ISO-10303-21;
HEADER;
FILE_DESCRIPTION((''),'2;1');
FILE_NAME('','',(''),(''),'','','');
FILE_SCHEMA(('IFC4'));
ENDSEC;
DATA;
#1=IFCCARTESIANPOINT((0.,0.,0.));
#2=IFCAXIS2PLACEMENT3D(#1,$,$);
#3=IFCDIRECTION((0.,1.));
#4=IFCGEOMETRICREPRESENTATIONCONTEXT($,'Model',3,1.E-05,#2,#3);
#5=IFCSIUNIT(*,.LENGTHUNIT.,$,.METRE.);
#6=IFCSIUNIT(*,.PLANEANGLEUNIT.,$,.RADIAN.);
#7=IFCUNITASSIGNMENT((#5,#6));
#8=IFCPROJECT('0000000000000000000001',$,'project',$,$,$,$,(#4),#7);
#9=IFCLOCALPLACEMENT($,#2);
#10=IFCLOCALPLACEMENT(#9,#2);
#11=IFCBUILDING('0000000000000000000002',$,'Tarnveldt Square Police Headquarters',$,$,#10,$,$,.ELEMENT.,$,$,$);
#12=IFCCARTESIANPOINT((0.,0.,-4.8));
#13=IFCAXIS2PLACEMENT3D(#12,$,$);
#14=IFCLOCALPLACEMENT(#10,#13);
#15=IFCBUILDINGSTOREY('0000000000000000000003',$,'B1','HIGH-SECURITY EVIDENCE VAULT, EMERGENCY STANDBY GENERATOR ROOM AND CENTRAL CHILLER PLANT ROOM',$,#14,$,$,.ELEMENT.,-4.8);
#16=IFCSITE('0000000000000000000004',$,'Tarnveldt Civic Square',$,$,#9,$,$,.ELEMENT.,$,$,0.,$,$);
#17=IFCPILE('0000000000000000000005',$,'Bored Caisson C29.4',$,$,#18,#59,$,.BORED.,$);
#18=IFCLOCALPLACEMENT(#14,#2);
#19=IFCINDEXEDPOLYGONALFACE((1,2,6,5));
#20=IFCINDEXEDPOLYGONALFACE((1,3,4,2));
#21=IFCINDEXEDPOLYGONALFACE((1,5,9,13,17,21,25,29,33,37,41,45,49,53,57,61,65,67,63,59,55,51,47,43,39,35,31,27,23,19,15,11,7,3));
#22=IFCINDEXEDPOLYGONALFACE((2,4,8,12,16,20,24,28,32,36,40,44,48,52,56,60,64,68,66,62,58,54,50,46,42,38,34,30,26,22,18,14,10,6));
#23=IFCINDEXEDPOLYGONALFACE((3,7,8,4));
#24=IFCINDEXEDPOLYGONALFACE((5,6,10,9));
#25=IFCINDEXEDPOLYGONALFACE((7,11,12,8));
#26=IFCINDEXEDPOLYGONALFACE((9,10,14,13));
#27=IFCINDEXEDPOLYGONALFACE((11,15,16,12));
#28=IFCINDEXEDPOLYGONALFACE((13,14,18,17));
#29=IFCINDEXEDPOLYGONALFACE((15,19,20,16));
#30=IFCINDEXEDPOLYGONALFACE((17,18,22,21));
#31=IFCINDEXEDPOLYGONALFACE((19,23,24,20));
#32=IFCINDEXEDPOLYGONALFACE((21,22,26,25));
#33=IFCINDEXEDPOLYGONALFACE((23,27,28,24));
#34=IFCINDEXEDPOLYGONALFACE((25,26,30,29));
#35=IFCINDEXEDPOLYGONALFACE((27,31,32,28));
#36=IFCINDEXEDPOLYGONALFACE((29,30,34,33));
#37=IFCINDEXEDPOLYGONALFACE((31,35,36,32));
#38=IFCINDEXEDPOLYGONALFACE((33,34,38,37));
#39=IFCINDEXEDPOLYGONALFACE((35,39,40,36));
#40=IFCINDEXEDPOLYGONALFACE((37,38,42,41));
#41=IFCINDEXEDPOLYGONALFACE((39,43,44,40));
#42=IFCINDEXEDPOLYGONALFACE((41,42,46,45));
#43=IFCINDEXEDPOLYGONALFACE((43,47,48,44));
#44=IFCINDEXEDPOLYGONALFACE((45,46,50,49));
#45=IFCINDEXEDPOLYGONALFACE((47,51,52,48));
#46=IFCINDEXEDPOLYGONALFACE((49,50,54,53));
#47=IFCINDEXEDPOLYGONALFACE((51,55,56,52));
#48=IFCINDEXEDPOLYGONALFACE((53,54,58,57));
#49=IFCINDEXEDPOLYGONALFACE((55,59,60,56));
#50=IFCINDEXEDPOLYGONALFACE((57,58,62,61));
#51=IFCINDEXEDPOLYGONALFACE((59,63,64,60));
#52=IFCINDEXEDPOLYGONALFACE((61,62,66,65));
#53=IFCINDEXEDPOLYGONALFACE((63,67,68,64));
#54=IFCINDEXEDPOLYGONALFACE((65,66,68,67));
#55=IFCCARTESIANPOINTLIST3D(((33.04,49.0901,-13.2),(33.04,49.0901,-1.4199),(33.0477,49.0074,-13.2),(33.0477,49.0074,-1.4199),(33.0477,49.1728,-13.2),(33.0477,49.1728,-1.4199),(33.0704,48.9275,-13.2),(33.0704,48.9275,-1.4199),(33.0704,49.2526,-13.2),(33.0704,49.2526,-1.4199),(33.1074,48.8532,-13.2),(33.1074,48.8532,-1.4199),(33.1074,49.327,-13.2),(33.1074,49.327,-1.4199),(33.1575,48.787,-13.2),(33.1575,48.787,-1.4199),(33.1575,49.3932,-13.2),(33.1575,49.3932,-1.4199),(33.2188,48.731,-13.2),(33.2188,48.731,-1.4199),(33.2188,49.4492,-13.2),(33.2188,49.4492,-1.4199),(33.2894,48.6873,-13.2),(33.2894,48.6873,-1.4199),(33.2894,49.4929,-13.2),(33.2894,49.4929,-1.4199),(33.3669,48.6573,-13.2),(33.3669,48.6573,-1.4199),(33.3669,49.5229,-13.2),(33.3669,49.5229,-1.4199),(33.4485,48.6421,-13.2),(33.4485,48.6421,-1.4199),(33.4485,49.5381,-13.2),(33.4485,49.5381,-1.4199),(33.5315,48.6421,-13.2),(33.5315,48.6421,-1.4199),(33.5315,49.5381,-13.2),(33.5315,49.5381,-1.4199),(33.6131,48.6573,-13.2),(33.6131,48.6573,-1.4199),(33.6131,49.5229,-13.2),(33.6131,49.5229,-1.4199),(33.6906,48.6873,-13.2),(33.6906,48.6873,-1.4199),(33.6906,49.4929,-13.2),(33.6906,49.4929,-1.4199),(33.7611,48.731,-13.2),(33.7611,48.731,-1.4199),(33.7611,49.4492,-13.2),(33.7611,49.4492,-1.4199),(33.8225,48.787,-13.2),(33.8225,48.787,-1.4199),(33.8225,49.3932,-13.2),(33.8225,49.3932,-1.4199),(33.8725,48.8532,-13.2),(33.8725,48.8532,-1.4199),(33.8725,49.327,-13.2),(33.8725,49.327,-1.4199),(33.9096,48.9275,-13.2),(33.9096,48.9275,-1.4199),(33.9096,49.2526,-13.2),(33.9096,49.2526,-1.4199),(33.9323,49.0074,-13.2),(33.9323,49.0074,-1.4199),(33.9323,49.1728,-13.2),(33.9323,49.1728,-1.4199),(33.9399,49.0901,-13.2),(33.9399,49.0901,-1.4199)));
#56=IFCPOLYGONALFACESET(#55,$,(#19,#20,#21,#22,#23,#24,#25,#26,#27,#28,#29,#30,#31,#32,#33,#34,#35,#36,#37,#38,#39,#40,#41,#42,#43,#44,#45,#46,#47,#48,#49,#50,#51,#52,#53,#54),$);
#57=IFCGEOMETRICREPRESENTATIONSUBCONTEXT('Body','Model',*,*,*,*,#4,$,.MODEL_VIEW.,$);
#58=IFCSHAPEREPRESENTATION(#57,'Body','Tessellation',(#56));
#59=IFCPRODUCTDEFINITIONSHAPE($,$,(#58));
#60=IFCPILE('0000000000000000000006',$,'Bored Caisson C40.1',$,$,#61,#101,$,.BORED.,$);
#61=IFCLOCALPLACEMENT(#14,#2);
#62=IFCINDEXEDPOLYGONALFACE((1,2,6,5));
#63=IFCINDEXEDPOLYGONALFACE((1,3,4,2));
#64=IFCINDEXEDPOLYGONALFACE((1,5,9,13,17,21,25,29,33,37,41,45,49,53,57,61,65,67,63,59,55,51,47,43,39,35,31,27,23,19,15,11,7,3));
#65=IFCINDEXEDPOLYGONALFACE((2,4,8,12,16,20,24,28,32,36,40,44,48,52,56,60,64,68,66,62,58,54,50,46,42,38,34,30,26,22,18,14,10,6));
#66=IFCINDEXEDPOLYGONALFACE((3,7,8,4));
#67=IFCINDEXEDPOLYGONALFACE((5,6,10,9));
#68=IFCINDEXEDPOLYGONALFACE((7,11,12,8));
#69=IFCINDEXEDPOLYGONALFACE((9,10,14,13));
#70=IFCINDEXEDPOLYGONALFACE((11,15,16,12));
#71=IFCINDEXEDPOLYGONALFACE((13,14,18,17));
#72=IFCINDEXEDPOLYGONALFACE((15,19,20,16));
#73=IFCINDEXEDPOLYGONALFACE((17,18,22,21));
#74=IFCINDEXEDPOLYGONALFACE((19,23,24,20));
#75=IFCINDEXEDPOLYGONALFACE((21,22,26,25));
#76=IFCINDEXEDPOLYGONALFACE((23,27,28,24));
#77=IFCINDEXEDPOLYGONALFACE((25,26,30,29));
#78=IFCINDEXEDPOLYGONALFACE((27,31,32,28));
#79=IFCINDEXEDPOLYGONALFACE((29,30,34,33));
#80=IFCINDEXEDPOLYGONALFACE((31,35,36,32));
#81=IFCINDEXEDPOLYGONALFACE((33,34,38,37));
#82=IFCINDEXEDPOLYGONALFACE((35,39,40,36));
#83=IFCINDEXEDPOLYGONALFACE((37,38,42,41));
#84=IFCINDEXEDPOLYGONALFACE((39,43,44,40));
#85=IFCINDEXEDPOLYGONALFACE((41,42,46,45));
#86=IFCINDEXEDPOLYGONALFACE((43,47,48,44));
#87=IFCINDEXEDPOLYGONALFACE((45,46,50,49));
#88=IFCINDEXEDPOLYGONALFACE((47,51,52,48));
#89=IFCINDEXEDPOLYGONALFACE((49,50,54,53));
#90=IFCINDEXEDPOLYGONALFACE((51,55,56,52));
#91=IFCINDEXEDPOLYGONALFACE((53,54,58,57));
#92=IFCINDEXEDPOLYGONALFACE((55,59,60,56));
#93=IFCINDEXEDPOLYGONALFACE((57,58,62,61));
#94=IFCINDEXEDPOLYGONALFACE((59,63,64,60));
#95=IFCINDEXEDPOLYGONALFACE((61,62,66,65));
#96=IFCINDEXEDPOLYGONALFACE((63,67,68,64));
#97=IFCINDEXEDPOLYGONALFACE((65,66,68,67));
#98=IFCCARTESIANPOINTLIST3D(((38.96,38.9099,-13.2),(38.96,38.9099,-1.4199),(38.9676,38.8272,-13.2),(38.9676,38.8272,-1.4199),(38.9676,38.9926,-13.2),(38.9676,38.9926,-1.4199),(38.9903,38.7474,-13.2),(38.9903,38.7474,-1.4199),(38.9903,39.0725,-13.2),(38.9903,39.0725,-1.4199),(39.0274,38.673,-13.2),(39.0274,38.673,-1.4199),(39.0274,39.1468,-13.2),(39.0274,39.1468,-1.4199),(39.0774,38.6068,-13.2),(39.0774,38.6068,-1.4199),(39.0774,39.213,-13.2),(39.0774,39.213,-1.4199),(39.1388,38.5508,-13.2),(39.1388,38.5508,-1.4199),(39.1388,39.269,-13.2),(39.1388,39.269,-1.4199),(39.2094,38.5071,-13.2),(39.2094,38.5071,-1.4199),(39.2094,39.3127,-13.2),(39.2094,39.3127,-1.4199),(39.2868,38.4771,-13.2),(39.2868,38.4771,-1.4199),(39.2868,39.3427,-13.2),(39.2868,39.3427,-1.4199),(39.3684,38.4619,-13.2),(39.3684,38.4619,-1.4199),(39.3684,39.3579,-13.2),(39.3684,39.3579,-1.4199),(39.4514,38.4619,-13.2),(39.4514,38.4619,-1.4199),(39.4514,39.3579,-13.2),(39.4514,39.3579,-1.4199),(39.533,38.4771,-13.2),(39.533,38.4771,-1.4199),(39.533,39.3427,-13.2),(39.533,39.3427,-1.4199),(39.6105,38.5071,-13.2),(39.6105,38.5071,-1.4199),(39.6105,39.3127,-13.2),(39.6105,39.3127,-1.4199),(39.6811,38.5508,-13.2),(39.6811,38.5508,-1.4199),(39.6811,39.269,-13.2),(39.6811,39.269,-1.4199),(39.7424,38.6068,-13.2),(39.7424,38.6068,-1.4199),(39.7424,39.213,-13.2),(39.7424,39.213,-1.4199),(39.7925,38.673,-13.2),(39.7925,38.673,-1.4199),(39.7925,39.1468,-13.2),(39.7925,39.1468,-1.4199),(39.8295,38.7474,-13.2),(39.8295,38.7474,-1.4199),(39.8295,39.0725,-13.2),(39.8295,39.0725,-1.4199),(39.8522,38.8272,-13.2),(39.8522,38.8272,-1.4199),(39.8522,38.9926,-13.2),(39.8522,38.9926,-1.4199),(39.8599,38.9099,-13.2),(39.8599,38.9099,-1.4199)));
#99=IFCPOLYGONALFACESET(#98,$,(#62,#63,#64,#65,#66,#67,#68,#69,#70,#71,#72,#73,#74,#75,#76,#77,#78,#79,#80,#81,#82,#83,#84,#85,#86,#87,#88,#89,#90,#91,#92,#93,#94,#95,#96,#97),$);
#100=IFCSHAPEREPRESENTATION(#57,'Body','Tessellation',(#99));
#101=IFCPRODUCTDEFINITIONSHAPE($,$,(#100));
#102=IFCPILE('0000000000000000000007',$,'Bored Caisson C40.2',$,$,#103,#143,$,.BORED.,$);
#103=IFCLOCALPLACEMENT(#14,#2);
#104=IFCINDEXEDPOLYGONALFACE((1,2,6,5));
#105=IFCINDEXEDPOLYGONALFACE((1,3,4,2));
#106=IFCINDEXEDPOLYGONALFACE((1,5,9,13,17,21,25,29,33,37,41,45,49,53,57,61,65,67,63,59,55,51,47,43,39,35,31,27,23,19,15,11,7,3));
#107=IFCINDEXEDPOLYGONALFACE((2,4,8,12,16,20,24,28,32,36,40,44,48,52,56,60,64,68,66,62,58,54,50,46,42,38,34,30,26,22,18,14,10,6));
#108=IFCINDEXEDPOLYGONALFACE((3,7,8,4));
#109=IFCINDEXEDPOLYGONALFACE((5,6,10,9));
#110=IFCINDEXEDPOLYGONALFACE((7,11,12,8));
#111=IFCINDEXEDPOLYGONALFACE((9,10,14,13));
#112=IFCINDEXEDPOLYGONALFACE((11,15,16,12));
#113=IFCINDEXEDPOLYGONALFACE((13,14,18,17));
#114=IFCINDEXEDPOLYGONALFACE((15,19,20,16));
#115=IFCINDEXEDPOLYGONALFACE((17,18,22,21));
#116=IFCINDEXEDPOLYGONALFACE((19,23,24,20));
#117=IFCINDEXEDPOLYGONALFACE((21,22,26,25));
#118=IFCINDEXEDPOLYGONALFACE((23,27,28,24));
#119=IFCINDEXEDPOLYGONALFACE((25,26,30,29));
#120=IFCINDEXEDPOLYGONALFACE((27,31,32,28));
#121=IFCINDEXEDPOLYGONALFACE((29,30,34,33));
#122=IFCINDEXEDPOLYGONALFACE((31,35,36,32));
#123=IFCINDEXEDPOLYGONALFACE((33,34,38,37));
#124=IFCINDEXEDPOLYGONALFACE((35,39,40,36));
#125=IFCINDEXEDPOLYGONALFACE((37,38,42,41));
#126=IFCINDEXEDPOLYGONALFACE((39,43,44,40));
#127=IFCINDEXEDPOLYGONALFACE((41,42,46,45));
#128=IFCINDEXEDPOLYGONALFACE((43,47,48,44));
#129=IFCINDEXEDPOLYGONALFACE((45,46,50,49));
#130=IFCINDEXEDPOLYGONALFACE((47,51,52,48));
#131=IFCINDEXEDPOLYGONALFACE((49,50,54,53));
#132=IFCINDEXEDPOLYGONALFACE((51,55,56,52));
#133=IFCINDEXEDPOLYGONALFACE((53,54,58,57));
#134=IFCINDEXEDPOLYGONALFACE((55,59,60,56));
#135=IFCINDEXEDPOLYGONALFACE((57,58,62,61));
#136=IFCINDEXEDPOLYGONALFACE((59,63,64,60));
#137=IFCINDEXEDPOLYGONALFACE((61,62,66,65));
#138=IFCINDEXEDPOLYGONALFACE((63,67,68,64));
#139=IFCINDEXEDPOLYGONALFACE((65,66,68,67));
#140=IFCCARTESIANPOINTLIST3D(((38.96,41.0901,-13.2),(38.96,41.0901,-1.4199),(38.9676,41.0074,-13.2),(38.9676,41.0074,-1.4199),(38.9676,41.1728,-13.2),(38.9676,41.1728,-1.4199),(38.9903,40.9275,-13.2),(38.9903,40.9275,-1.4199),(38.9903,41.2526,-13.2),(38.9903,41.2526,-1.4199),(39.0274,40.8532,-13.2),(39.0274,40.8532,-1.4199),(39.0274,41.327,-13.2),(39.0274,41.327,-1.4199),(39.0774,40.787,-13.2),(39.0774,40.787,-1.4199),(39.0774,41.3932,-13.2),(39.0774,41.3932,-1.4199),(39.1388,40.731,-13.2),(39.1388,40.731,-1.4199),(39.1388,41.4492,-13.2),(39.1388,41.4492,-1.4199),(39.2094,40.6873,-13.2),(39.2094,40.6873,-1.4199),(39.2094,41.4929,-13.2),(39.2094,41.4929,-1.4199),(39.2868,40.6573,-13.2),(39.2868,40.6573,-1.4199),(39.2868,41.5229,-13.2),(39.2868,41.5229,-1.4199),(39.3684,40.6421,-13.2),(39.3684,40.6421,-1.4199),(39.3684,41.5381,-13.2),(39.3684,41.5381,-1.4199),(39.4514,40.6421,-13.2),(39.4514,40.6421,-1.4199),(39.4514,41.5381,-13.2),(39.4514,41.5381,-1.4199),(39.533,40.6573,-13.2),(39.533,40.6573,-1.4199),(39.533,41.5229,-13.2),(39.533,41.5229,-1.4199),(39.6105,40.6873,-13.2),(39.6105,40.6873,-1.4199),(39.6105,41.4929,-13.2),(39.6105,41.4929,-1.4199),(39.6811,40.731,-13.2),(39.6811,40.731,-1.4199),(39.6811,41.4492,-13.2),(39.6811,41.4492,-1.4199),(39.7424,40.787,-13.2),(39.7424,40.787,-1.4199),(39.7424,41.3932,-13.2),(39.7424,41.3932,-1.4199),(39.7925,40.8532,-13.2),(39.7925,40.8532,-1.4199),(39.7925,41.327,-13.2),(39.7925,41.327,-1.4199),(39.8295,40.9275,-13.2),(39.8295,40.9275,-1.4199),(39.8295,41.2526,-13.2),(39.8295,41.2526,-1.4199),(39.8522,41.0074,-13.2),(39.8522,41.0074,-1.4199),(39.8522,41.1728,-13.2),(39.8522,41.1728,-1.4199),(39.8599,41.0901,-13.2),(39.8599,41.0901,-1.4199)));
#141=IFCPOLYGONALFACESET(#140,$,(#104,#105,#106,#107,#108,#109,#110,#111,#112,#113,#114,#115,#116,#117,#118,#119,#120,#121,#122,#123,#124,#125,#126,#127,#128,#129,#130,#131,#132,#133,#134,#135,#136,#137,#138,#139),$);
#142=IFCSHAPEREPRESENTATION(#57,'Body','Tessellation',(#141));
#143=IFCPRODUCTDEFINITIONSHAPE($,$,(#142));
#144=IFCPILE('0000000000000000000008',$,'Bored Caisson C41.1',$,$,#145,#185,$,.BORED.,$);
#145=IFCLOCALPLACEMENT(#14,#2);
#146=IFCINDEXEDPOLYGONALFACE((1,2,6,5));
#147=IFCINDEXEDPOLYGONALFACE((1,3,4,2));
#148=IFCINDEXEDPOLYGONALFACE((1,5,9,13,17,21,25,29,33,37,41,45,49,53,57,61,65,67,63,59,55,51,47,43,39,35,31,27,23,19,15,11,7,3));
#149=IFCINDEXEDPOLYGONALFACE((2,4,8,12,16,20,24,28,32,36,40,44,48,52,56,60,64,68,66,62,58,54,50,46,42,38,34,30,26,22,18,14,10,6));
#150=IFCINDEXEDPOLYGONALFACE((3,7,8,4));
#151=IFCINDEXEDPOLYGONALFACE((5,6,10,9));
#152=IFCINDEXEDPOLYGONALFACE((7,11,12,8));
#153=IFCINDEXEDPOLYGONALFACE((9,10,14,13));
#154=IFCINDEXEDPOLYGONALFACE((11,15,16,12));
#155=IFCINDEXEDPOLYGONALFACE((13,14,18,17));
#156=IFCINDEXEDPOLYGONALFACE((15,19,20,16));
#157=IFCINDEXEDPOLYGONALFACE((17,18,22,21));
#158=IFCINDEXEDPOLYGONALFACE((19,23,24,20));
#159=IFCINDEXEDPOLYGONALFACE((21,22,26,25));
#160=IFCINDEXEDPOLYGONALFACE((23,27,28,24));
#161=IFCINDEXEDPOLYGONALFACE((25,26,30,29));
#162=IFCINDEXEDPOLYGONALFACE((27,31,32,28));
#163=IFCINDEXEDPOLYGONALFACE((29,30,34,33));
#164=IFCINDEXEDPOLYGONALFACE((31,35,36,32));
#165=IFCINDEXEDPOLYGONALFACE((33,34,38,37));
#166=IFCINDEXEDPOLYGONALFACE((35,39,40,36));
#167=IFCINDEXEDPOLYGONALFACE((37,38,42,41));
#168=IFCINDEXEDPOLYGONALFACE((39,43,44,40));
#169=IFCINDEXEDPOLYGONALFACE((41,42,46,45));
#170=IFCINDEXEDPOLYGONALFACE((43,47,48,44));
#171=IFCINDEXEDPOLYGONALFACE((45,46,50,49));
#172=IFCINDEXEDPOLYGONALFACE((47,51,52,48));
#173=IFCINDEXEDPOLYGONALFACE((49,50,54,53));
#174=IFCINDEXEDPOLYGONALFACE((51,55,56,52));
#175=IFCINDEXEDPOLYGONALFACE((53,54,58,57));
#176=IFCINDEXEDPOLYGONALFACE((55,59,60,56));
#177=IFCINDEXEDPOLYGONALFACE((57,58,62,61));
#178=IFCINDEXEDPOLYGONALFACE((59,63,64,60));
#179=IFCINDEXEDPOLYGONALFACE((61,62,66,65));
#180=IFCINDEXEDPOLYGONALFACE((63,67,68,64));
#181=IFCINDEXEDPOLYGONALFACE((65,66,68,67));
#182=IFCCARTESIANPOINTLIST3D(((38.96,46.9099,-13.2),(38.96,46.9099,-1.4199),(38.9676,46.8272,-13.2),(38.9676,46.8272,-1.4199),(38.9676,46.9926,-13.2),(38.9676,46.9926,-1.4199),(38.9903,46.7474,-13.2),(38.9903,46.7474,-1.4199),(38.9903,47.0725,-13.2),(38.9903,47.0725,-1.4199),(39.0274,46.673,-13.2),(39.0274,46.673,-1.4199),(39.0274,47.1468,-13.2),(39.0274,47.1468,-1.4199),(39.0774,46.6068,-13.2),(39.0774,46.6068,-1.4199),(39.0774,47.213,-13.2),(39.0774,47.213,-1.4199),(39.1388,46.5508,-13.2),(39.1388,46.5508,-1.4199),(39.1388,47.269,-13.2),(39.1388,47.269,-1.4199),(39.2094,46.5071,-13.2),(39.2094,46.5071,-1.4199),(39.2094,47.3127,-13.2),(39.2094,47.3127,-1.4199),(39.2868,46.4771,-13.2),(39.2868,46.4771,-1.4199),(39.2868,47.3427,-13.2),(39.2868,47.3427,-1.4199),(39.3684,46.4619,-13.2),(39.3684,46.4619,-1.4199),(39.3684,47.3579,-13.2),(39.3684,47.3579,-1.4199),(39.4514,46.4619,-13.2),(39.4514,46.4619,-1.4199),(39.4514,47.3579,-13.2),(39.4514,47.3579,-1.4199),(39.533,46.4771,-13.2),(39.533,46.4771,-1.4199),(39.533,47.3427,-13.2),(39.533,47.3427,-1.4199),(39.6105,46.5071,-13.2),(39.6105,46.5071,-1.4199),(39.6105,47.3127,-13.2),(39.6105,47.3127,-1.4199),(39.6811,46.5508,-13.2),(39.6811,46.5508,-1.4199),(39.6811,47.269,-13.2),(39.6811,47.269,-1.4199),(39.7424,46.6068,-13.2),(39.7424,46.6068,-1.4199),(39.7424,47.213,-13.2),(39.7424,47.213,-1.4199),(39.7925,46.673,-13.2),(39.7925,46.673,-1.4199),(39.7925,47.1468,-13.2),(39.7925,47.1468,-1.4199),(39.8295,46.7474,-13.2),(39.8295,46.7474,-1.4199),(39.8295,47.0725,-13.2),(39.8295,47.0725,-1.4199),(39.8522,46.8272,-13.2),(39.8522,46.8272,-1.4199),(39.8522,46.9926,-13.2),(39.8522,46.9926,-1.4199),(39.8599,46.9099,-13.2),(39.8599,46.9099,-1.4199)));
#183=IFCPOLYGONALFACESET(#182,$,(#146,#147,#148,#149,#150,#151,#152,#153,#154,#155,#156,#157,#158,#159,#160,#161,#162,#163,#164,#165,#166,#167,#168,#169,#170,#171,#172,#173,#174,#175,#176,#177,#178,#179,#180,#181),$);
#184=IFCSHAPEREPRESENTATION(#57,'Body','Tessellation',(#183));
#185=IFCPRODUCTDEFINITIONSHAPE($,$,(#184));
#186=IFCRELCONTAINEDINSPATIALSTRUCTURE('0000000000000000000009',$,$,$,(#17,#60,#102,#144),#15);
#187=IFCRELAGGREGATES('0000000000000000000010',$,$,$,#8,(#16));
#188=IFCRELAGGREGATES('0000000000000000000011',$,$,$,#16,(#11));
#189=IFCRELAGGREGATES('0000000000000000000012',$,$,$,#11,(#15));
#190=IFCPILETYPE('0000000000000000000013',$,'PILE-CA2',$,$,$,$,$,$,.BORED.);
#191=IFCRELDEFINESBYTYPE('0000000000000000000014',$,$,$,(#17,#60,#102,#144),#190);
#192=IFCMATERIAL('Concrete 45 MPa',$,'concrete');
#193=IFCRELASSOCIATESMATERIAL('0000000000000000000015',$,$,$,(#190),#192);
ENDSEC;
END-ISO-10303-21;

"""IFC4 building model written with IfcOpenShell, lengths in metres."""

from ifc_helpers import new_model, si_unit, direction, frame, origin, origin_2d, place, context, subcontext, project, spatial, circle, extrude, material, material_profile, profile_set, type_object, element, save


model = new_model("IFC4")

# Units and contexts
model_context = context("Model", 3, precision=1e-05, world=origin(), true_north=direction((0.0, 1.0)))
body_context = subcontext(model_context, "Body", "Model", "MODEL_VIEW")
ifc_project = project(units=[si_unit("LENGTHUNIT", "METRE"), si_unit("PLANEANGLEUNIT", "RADIAN")], contexts=[model_context])

# Site, building, storey
site_placement = place(None, origin())
site = spatial("IfcSite", under=ifc_project, at=site_placement, Name="Tarnveldt Civic Square", CompositionType="ELEMENT", RefElevation=0.0)
building_placement = place(site_placement, origin())
building = spatial("IfcBuilding", under=site, at=building_placement, Name="Tarnveldt Square Police Headquarters", CompositionType="ELEMENT")
storey_placement = place(building_placement, frame((0.0, 0.0, -4.8)))
storey = spatial("IfcBuildingStorey", under=building, at=storey_placement, Name="B1", Description="HIGH-SECURITY EVIDENCE VAULT, EMERGENCY STANDBY GENERATOR ROOM AND CENTRAL CHILLER PLANT ROOM", CompositionType="ELEMENT", Elevation=-4.8)

# Shared definitions
ifc_material_1 = material(Name="Concrete 45 MPa", Category="concrete")

# Piles
ifc_material_profile_1 = material_profile(ifc_material_1, circle(Radius=0.45, at=origin_2d()), Name="CAISSON-D900")
ifc_profile_set_1 = profile_set([ifc_material_profile_1], Name="Concrete 45 MPa")
pile_type_1 = type_object("IfcPileType", Name="PILE-CA2", PredefinedType="BORED", material=ifc_profile_set_1)
for number, where, z_axis, x_axis, name in (
    (1, (33.49, 49.0901, -1.4199), (0.0, 0.0, -1.0), (1.0, 0.0, 0.0), "Bored Caisson C29.4"),
    (2, (39.4099, 38.9099, -1.4199), (0.0, 0.0, -1.0), (1.0, 0.0, 0.0), "Bored Caisson C40.1"),
    (3, (39.4099, 41.0901, -1.4199), (0.0, 0.0, -1.0), (1.0, 0.0, 0.0), "Bored Caisson C40.2"),
    (4, (39.4099, 46.9099, -1.4199), (0.0, 0.0, -1.0), (1.0, 0.0, 0.0), "Bored Caisson C41.1"),
):
    element("IfcPile", number, at=place(storey_placement, frame(where, z_axis=z_axis, x_axis=x_axis)), inside=storey, type_object=pile_type_1, Name=name, PredefinedType="BORED", context=body_context, shape_type="SweptSolid", body=[
        extrude(circle(Radius=0.45, at=origin_2d()), origin(), (0.0, 0.0, 1.0), 11.78),
    ])

save(model, "model.ifc")
